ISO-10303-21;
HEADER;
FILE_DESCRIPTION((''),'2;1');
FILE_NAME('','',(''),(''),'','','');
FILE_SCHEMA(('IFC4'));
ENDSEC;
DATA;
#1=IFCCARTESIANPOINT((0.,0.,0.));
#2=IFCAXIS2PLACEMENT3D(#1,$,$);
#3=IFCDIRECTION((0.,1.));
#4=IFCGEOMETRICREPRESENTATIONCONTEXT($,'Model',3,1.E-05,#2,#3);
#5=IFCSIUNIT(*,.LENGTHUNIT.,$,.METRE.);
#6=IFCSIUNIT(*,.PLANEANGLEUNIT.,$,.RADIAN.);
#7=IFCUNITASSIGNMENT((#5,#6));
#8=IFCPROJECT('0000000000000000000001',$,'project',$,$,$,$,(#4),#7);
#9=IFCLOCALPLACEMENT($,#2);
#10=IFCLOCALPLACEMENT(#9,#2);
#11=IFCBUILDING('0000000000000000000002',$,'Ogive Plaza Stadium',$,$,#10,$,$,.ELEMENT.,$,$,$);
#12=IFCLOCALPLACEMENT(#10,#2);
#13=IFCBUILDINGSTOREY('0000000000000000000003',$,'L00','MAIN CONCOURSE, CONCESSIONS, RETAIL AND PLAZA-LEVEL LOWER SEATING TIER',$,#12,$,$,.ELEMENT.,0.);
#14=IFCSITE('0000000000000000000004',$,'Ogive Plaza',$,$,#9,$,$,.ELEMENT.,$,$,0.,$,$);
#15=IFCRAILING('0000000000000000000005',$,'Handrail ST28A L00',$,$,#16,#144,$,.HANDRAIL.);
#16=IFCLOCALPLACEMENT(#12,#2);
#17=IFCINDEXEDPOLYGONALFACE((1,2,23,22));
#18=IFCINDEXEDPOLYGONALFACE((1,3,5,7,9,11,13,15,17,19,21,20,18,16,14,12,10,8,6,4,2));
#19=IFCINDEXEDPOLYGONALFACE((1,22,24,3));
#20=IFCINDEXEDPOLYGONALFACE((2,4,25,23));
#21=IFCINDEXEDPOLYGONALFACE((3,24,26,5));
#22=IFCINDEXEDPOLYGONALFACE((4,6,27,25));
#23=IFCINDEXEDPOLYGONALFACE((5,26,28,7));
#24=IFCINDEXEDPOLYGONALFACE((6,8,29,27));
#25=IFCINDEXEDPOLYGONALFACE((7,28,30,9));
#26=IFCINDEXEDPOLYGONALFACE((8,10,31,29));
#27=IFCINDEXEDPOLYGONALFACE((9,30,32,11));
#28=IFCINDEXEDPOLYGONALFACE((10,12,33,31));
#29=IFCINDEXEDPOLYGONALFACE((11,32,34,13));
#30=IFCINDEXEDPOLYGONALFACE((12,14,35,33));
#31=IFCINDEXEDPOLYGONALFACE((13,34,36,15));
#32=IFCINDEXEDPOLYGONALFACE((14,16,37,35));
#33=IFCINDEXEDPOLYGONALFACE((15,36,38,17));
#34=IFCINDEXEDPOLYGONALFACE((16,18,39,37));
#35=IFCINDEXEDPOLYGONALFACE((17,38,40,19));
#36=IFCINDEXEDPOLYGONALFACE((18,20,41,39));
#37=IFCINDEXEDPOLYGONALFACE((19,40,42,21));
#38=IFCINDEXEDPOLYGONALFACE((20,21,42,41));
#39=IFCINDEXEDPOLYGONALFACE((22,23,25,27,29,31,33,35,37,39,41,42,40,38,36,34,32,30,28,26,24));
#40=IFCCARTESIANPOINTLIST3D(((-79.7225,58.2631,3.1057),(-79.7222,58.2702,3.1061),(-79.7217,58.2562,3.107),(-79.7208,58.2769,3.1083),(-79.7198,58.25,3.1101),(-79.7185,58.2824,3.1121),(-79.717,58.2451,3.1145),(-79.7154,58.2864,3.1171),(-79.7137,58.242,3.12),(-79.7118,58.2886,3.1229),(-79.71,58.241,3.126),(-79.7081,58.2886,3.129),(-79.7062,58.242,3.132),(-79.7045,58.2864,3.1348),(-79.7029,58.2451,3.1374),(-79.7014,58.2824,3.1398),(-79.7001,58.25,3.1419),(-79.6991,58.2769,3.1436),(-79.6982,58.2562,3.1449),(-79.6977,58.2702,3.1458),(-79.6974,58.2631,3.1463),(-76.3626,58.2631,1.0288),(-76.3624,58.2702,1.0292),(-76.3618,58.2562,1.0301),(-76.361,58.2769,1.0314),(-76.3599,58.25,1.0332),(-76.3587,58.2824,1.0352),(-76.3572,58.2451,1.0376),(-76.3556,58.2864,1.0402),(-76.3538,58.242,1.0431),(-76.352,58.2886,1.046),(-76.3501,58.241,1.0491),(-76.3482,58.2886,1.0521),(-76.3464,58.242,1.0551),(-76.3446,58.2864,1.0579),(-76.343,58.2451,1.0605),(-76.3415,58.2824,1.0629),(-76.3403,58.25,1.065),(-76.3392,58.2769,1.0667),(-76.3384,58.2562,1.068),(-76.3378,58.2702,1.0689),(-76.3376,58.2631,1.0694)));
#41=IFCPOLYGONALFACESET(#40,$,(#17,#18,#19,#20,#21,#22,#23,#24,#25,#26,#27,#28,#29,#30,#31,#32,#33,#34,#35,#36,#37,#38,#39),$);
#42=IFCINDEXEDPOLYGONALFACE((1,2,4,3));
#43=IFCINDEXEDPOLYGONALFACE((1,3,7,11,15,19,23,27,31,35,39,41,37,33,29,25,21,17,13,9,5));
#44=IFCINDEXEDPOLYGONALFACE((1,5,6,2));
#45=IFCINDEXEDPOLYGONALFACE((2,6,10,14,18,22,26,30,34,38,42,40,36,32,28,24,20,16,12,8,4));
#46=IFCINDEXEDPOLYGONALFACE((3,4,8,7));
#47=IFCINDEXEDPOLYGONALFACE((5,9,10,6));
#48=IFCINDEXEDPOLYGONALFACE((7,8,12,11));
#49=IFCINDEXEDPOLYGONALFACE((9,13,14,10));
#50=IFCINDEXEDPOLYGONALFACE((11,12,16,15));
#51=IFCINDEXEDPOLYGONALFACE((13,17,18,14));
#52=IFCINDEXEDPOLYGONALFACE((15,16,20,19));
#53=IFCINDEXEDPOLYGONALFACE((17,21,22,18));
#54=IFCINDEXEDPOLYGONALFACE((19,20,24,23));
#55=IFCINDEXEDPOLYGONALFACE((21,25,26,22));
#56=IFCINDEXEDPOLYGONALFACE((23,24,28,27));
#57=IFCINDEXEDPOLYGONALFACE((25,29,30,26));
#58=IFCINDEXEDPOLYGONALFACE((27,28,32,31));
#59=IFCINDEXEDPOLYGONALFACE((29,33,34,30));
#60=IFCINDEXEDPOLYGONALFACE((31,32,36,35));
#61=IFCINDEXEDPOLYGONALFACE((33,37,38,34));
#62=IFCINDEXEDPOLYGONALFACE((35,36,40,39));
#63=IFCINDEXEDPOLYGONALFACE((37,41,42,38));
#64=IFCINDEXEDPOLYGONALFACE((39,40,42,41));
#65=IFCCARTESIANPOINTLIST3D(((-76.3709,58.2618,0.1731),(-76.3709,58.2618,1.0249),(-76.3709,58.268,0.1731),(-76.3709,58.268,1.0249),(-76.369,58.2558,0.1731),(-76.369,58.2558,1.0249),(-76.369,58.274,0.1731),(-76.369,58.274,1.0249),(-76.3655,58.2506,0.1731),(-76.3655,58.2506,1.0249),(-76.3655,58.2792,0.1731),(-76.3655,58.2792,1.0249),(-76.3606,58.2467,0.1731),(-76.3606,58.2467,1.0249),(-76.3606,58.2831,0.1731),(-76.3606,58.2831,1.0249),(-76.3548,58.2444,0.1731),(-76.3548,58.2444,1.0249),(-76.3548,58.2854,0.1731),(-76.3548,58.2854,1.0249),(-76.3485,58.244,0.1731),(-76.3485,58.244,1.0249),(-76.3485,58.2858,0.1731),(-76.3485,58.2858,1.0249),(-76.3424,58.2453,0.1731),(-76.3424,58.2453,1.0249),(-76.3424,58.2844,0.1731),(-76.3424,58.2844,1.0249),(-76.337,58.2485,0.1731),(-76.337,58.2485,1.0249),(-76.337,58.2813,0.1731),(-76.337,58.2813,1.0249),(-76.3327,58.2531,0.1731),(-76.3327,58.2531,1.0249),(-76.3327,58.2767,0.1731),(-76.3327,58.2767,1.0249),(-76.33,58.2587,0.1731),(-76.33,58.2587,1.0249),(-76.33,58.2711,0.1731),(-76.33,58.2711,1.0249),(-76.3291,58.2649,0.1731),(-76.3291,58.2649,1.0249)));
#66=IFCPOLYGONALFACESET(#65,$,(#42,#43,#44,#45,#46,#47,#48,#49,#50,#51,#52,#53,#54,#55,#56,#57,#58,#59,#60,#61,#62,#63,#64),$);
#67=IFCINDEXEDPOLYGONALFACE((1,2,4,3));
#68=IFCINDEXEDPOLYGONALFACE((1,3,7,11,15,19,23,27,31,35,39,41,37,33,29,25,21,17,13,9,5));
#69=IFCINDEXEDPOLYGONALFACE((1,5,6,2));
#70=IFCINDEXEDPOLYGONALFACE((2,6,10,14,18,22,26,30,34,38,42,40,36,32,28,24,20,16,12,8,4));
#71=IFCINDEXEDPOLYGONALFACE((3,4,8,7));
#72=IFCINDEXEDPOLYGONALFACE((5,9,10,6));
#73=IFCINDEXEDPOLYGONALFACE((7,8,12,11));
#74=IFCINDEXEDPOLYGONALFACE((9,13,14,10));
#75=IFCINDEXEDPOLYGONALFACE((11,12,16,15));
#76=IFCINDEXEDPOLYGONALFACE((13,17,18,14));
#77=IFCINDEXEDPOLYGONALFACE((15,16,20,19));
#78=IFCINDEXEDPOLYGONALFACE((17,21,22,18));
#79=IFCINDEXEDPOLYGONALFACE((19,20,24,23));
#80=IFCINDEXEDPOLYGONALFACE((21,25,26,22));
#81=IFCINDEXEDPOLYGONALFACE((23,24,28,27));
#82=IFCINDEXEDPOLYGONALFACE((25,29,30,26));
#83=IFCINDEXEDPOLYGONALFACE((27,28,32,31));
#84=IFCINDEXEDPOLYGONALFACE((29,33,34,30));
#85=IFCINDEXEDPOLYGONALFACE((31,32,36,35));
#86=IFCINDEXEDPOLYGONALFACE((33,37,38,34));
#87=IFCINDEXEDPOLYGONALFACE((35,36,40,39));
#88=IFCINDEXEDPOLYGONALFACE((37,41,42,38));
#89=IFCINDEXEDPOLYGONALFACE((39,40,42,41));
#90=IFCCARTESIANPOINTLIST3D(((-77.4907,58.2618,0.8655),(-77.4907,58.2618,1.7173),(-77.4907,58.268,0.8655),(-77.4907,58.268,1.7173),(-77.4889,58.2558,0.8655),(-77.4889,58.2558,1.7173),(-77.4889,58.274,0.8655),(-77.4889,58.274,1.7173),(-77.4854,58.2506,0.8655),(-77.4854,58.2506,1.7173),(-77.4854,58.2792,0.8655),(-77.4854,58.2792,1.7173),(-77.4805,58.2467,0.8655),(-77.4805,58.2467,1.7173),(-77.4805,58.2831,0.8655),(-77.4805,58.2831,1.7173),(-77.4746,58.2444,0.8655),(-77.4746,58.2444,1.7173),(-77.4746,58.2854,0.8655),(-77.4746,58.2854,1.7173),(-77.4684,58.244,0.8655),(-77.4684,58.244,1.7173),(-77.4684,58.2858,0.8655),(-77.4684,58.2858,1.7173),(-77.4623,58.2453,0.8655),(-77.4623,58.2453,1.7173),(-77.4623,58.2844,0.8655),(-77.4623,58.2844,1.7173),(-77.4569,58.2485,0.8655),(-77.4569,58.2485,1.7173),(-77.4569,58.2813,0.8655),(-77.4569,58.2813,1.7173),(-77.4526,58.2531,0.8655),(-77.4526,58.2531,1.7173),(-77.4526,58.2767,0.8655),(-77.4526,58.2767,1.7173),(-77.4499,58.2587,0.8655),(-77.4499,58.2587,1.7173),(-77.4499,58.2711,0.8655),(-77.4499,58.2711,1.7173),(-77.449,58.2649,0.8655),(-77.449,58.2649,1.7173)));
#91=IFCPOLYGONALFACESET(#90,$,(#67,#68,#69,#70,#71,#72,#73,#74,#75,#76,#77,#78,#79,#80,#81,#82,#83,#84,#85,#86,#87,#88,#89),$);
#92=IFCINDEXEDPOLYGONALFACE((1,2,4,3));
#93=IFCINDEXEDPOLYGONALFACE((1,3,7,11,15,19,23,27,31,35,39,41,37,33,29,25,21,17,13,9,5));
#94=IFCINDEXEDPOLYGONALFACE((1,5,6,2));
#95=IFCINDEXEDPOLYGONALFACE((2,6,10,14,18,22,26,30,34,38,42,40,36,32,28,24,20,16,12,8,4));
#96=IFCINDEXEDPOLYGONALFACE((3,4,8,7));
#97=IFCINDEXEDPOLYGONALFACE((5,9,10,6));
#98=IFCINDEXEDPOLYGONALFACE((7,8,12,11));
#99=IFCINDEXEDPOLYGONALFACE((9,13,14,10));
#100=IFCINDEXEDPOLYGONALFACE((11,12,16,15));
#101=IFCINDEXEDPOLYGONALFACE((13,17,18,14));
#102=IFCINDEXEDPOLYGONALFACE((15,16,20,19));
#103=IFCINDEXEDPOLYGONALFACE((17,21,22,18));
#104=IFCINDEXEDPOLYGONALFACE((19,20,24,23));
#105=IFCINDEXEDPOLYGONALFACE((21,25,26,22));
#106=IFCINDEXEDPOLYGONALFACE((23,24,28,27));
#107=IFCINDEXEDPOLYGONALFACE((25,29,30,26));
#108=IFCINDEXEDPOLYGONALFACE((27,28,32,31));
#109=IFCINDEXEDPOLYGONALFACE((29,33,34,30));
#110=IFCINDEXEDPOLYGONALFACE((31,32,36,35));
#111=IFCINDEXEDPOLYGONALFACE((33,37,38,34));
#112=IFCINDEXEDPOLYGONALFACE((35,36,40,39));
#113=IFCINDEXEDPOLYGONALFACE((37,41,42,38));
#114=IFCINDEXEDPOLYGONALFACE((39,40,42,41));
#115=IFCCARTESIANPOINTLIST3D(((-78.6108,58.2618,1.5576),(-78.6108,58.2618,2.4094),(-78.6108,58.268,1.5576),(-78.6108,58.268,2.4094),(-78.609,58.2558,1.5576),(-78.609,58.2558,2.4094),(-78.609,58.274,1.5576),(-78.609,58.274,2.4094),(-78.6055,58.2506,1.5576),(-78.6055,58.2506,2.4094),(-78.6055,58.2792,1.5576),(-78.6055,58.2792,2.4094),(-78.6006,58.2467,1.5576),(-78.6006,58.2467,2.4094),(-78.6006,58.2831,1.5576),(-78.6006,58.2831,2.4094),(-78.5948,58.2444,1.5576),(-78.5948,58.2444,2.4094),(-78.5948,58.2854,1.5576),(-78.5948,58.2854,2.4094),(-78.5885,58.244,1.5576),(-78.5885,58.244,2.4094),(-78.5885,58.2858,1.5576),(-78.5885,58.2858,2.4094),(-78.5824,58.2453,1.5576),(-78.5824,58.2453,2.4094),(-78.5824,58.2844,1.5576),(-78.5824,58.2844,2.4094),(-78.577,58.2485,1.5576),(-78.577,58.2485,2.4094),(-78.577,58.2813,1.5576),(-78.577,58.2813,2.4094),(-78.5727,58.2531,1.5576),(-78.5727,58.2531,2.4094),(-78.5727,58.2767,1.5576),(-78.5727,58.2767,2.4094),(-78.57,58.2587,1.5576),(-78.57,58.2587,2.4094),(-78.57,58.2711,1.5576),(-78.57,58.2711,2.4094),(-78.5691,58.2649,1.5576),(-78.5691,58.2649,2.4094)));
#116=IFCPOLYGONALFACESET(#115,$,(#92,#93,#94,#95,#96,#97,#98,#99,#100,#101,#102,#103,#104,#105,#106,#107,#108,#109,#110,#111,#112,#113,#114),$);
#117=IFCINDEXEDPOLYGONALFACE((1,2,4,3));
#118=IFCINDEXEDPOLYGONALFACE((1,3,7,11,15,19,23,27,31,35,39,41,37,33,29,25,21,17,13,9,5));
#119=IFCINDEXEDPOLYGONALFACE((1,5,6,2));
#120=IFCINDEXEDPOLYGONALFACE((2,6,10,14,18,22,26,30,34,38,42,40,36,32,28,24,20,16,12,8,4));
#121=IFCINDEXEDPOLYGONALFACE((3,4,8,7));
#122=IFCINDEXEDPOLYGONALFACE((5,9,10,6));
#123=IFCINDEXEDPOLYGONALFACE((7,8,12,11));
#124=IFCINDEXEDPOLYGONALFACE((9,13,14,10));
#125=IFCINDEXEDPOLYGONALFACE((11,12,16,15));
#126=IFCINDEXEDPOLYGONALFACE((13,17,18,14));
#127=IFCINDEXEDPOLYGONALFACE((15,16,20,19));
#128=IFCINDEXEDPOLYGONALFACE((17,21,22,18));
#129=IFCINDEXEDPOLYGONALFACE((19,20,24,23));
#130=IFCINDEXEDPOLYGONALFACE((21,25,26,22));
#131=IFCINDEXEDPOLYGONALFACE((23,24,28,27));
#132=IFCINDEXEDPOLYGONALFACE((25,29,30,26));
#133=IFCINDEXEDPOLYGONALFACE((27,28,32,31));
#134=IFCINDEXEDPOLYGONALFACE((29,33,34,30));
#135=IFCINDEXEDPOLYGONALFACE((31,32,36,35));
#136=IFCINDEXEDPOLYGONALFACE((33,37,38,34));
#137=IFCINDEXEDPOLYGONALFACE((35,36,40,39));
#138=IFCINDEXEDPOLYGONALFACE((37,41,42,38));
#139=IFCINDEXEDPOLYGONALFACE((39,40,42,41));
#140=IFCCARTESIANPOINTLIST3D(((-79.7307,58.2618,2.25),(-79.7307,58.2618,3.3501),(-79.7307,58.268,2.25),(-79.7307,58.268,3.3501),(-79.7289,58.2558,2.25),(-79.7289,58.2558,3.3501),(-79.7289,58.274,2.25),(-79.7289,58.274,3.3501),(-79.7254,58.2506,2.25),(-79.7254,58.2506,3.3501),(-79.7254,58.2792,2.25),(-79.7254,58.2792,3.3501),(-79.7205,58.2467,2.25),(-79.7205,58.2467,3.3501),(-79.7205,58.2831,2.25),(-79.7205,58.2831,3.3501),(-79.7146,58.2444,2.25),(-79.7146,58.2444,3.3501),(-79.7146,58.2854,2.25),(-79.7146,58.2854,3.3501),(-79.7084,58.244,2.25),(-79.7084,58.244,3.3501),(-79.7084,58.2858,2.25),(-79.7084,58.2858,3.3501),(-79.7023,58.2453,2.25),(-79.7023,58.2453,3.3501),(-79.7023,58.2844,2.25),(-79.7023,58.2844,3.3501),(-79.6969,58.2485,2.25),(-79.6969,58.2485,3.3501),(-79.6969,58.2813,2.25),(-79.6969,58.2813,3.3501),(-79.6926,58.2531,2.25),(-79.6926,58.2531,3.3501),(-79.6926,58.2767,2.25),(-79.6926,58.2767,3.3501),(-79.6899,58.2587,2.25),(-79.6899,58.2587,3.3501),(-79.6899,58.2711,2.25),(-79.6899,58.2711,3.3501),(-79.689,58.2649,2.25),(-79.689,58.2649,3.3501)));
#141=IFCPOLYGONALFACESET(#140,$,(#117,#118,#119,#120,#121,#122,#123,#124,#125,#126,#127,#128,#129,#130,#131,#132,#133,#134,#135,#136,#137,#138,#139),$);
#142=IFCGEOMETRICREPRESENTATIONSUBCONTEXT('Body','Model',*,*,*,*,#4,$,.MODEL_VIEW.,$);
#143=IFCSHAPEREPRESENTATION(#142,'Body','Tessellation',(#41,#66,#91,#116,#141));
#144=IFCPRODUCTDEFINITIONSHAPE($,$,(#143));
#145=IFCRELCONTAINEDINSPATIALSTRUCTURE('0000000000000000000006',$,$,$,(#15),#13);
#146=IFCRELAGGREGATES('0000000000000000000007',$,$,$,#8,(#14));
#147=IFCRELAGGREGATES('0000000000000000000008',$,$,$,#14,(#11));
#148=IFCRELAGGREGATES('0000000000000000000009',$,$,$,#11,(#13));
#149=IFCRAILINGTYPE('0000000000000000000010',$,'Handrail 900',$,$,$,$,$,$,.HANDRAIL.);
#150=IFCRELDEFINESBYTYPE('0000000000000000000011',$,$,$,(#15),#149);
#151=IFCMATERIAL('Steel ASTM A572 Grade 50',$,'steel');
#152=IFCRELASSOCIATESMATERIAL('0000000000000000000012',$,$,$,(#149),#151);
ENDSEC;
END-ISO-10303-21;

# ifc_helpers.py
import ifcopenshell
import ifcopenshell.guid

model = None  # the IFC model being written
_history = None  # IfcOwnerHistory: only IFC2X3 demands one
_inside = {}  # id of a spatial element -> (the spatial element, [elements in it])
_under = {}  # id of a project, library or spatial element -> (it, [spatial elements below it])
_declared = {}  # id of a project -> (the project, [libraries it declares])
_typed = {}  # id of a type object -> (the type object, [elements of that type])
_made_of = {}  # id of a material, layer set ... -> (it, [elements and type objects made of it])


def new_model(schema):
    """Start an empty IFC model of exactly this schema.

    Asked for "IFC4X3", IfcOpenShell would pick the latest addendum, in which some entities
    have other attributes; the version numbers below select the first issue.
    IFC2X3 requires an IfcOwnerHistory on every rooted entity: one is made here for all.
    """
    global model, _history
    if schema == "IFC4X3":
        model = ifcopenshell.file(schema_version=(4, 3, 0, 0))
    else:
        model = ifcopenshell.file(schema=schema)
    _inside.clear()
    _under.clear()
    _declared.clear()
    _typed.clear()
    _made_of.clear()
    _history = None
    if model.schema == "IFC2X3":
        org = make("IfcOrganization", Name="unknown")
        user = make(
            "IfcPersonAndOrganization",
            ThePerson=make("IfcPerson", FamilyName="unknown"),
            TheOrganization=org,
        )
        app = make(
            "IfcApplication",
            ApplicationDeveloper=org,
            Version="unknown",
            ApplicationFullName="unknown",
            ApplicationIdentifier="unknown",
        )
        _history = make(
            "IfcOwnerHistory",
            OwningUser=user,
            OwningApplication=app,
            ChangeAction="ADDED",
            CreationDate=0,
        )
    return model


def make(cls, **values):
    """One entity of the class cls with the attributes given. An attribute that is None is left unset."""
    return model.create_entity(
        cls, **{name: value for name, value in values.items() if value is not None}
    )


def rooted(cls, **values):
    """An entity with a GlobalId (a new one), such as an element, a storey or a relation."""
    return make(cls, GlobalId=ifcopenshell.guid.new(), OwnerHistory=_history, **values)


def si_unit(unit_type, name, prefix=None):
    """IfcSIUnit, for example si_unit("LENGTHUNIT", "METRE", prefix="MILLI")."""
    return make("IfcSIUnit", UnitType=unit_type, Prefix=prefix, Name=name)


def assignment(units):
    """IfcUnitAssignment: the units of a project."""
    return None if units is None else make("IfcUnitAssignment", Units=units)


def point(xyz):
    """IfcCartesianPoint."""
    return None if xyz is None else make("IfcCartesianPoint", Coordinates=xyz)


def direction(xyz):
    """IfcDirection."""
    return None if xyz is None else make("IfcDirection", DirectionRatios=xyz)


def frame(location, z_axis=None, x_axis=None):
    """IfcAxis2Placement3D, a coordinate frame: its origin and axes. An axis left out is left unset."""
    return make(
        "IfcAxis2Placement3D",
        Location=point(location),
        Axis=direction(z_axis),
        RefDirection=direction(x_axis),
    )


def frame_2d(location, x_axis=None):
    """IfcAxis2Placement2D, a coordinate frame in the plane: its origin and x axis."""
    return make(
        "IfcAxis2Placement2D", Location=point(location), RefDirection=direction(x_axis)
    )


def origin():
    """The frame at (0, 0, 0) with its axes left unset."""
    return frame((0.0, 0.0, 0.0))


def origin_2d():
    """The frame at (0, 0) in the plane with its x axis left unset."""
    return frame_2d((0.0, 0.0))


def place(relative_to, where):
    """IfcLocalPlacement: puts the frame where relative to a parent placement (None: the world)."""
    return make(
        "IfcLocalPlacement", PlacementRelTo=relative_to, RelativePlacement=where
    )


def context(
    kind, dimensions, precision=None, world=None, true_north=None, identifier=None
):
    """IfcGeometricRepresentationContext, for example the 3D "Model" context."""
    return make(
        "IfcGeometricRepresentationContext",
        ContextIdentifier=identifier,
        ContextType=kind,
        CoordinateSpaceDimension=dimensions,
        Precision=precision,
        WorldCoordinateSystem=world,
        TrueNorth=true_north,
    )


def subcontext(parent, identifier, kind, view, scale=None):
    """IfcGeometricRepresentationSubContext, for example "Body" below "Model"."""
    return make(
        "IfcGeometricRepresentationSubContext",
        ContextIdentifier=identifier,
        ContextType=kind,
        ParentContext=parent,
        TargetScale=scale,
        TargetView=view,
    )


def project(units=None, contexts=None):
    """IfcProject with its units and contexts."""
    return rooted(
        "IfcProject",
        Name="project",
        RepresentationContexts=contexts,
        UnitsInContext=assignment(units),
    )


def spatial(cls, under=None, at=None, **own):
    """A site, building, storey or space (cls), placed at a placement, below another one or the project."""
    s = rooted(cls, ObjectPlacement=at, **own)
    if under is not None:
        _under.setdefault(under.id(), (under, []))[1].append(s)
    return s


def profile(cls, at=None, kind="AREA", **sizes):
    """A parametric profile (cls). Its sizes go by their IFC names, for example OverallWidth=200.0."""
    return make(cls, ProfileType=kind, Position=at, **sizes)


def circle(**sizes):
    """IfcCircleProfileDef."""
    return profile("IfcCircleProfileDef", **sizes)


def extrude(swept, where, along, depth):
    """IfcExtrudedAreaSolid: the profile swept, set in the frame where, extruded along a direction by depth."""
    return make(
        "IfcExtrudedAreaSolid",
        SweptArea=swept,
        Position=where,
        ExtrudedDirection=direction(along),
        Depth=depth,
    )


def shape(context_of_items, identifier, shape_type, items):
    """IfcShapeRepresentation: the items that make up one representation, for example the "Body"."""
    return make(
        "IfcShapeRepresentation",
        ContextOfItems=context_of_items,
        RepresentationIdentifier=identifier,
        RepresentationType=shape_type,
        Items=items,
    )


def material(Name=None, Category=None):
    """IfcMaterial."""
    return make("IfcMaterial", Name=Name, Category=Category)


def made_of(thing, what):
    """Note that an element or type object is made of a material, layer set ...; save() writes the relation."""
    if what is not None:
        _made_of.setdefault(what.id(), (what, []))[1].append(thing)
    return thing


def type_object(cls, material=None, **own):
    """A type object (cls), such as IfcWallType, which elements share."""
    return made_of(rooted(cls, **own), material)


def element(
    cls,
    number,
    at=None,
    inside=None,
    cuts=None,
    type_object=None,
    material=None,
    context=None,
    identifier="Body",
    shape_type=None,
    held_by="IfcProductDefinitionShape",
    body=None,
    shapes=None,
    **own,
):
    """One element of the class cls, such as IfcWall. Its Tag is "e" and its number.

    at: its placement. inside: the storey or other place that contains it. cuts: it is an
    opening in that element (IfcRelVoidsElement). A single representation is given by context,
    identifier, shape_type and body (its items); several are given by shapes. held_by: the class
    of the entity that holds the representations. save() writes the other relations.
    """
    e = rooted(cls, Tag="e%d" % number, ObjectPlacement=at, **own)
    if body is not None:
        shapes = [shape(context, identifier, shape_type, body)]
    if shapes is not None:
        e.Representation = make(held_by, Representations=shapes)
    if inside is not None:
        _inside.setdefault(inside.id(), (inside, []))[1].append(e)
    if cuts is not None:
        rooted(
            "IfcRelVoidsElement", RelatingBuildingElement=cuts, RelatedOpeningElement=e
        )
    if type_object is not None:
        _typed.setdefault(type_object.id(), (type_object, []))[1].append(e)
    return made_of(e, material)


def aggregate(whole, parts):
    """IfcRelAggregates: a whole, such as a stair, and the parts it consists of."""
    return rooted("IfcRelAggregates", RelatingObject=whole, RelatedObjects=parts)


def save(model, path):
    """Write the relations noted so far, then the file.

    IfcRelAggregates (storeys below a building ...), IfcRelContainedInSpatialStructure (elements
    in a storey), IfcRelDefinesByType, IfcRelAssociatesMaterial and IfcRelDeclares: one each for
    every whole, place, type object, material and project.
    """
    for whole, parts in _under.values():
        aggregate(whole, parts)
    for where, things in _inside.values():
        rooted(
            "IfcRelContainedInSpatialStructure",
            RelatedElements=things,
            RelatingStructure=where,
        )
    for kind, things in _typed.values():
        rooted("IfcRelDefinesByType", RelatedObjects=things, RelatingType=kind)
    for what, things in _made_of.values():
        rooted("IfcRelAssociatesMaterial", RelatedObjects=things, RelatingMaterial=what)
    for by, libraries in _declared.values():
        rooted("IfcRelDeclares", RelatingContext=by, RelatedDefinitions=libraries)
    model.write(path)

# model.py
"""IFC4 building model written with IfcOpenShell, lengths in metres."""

from ifc_helpers import new_model, si_unit, direction, frame, origin, origin_2d, place, context, subcontext, project, spatial, circle, extrude, material, type_object, element, save


model = new_model("IFC4")

# Units and contexts
model_context = context("Model", 3, precision=1e-05, world=origin(), true_north=direction((0.0, 1.0)))
body_context = subcontext(model_context, "Body", "Model", "MODEL_VIEW")
ifc_project = project(units=[si_unit("LENGTHUNIT", "METRE"), si_unit("PLANEANGLEUNIT", "RADIAN")], contexts=[model_context])

# Site, building, storey
site_placement = place(None, origin())
site = spatial("IfcSite", under=ifc_project, at=site_placement, Name="Ogive Plaza", CompositionType="ELEMENT", RefElevation=0.0)
building_placement = place(site_placement, origin())
building = spatial("IfcBuilding", under=site, at=building_placement, Name="Ogive Plaza Stadium", CompositionType="ELEMENT")
storey_placement = place(building_placement, origin())
storey = spatial("IfcBuildingStorey", under=building, at=storey_placement, Name="L00", Description="MAIN CONCOURSE, CONCESSIONS, RETAIL AND PLAZA-LEVEL LOWER SEATING TIER", CompositionType="ELEMENT", Elevation=0.0)

# Railing
ifc_material_1 = material(Name="Steel ASTM A572 Grade 50", Category="steel")
railing_type_1 = type_object("IfcRailingType", Name="Handrail 900", PredefinedType="HANDRAIL", material=ifc_material_1)
for number, where, name in (
    (1, (-76.3501, 58.2649, 0.1731), "Handrail ST28A L00"),
):
    element("IfcRailing", number, at=place(storey_placement, frame(where)), inside=storey, type_object=railing_type_1, Name=name, PredefinedType="HANDRAIL", context=body_context, shape_type="SweptSolid", body=[
        extrude(circle(Radius=0.0239, at=origin_2d()), frame((0.0, 0.0, 0.876), z_axis=(-0.850606, 0.0, 0.525803), x_axis=(0.0, -1.0, 0.0)), (0.0, 0.0, 1.0), 3.95),
        extrude(circle(Radius=0.021, at=origin_2d()), origin(), (0.0, 0.0, 1.0), 0.8518),
        extrude(circle(Radius=0.021, at=origin_2d()), frame((-1.1199, 0.0, 0.6924)), (0.0, 0.0, 1.0), 0.8518),
        extrude(circle(Radius=0.021, at=origin_2d()), frame((-2.24, 0.0, 1.3845)), (0.0, 0.0, 1.0), 0.8518),
        extrude(circle(Radius=0.021, at=origin_2d()), frame((-3.3599, 0.0, 2.0769)), (0.0, 0.0, 1.0), 1.1001),
    ])

save(model, "model.ifc")
